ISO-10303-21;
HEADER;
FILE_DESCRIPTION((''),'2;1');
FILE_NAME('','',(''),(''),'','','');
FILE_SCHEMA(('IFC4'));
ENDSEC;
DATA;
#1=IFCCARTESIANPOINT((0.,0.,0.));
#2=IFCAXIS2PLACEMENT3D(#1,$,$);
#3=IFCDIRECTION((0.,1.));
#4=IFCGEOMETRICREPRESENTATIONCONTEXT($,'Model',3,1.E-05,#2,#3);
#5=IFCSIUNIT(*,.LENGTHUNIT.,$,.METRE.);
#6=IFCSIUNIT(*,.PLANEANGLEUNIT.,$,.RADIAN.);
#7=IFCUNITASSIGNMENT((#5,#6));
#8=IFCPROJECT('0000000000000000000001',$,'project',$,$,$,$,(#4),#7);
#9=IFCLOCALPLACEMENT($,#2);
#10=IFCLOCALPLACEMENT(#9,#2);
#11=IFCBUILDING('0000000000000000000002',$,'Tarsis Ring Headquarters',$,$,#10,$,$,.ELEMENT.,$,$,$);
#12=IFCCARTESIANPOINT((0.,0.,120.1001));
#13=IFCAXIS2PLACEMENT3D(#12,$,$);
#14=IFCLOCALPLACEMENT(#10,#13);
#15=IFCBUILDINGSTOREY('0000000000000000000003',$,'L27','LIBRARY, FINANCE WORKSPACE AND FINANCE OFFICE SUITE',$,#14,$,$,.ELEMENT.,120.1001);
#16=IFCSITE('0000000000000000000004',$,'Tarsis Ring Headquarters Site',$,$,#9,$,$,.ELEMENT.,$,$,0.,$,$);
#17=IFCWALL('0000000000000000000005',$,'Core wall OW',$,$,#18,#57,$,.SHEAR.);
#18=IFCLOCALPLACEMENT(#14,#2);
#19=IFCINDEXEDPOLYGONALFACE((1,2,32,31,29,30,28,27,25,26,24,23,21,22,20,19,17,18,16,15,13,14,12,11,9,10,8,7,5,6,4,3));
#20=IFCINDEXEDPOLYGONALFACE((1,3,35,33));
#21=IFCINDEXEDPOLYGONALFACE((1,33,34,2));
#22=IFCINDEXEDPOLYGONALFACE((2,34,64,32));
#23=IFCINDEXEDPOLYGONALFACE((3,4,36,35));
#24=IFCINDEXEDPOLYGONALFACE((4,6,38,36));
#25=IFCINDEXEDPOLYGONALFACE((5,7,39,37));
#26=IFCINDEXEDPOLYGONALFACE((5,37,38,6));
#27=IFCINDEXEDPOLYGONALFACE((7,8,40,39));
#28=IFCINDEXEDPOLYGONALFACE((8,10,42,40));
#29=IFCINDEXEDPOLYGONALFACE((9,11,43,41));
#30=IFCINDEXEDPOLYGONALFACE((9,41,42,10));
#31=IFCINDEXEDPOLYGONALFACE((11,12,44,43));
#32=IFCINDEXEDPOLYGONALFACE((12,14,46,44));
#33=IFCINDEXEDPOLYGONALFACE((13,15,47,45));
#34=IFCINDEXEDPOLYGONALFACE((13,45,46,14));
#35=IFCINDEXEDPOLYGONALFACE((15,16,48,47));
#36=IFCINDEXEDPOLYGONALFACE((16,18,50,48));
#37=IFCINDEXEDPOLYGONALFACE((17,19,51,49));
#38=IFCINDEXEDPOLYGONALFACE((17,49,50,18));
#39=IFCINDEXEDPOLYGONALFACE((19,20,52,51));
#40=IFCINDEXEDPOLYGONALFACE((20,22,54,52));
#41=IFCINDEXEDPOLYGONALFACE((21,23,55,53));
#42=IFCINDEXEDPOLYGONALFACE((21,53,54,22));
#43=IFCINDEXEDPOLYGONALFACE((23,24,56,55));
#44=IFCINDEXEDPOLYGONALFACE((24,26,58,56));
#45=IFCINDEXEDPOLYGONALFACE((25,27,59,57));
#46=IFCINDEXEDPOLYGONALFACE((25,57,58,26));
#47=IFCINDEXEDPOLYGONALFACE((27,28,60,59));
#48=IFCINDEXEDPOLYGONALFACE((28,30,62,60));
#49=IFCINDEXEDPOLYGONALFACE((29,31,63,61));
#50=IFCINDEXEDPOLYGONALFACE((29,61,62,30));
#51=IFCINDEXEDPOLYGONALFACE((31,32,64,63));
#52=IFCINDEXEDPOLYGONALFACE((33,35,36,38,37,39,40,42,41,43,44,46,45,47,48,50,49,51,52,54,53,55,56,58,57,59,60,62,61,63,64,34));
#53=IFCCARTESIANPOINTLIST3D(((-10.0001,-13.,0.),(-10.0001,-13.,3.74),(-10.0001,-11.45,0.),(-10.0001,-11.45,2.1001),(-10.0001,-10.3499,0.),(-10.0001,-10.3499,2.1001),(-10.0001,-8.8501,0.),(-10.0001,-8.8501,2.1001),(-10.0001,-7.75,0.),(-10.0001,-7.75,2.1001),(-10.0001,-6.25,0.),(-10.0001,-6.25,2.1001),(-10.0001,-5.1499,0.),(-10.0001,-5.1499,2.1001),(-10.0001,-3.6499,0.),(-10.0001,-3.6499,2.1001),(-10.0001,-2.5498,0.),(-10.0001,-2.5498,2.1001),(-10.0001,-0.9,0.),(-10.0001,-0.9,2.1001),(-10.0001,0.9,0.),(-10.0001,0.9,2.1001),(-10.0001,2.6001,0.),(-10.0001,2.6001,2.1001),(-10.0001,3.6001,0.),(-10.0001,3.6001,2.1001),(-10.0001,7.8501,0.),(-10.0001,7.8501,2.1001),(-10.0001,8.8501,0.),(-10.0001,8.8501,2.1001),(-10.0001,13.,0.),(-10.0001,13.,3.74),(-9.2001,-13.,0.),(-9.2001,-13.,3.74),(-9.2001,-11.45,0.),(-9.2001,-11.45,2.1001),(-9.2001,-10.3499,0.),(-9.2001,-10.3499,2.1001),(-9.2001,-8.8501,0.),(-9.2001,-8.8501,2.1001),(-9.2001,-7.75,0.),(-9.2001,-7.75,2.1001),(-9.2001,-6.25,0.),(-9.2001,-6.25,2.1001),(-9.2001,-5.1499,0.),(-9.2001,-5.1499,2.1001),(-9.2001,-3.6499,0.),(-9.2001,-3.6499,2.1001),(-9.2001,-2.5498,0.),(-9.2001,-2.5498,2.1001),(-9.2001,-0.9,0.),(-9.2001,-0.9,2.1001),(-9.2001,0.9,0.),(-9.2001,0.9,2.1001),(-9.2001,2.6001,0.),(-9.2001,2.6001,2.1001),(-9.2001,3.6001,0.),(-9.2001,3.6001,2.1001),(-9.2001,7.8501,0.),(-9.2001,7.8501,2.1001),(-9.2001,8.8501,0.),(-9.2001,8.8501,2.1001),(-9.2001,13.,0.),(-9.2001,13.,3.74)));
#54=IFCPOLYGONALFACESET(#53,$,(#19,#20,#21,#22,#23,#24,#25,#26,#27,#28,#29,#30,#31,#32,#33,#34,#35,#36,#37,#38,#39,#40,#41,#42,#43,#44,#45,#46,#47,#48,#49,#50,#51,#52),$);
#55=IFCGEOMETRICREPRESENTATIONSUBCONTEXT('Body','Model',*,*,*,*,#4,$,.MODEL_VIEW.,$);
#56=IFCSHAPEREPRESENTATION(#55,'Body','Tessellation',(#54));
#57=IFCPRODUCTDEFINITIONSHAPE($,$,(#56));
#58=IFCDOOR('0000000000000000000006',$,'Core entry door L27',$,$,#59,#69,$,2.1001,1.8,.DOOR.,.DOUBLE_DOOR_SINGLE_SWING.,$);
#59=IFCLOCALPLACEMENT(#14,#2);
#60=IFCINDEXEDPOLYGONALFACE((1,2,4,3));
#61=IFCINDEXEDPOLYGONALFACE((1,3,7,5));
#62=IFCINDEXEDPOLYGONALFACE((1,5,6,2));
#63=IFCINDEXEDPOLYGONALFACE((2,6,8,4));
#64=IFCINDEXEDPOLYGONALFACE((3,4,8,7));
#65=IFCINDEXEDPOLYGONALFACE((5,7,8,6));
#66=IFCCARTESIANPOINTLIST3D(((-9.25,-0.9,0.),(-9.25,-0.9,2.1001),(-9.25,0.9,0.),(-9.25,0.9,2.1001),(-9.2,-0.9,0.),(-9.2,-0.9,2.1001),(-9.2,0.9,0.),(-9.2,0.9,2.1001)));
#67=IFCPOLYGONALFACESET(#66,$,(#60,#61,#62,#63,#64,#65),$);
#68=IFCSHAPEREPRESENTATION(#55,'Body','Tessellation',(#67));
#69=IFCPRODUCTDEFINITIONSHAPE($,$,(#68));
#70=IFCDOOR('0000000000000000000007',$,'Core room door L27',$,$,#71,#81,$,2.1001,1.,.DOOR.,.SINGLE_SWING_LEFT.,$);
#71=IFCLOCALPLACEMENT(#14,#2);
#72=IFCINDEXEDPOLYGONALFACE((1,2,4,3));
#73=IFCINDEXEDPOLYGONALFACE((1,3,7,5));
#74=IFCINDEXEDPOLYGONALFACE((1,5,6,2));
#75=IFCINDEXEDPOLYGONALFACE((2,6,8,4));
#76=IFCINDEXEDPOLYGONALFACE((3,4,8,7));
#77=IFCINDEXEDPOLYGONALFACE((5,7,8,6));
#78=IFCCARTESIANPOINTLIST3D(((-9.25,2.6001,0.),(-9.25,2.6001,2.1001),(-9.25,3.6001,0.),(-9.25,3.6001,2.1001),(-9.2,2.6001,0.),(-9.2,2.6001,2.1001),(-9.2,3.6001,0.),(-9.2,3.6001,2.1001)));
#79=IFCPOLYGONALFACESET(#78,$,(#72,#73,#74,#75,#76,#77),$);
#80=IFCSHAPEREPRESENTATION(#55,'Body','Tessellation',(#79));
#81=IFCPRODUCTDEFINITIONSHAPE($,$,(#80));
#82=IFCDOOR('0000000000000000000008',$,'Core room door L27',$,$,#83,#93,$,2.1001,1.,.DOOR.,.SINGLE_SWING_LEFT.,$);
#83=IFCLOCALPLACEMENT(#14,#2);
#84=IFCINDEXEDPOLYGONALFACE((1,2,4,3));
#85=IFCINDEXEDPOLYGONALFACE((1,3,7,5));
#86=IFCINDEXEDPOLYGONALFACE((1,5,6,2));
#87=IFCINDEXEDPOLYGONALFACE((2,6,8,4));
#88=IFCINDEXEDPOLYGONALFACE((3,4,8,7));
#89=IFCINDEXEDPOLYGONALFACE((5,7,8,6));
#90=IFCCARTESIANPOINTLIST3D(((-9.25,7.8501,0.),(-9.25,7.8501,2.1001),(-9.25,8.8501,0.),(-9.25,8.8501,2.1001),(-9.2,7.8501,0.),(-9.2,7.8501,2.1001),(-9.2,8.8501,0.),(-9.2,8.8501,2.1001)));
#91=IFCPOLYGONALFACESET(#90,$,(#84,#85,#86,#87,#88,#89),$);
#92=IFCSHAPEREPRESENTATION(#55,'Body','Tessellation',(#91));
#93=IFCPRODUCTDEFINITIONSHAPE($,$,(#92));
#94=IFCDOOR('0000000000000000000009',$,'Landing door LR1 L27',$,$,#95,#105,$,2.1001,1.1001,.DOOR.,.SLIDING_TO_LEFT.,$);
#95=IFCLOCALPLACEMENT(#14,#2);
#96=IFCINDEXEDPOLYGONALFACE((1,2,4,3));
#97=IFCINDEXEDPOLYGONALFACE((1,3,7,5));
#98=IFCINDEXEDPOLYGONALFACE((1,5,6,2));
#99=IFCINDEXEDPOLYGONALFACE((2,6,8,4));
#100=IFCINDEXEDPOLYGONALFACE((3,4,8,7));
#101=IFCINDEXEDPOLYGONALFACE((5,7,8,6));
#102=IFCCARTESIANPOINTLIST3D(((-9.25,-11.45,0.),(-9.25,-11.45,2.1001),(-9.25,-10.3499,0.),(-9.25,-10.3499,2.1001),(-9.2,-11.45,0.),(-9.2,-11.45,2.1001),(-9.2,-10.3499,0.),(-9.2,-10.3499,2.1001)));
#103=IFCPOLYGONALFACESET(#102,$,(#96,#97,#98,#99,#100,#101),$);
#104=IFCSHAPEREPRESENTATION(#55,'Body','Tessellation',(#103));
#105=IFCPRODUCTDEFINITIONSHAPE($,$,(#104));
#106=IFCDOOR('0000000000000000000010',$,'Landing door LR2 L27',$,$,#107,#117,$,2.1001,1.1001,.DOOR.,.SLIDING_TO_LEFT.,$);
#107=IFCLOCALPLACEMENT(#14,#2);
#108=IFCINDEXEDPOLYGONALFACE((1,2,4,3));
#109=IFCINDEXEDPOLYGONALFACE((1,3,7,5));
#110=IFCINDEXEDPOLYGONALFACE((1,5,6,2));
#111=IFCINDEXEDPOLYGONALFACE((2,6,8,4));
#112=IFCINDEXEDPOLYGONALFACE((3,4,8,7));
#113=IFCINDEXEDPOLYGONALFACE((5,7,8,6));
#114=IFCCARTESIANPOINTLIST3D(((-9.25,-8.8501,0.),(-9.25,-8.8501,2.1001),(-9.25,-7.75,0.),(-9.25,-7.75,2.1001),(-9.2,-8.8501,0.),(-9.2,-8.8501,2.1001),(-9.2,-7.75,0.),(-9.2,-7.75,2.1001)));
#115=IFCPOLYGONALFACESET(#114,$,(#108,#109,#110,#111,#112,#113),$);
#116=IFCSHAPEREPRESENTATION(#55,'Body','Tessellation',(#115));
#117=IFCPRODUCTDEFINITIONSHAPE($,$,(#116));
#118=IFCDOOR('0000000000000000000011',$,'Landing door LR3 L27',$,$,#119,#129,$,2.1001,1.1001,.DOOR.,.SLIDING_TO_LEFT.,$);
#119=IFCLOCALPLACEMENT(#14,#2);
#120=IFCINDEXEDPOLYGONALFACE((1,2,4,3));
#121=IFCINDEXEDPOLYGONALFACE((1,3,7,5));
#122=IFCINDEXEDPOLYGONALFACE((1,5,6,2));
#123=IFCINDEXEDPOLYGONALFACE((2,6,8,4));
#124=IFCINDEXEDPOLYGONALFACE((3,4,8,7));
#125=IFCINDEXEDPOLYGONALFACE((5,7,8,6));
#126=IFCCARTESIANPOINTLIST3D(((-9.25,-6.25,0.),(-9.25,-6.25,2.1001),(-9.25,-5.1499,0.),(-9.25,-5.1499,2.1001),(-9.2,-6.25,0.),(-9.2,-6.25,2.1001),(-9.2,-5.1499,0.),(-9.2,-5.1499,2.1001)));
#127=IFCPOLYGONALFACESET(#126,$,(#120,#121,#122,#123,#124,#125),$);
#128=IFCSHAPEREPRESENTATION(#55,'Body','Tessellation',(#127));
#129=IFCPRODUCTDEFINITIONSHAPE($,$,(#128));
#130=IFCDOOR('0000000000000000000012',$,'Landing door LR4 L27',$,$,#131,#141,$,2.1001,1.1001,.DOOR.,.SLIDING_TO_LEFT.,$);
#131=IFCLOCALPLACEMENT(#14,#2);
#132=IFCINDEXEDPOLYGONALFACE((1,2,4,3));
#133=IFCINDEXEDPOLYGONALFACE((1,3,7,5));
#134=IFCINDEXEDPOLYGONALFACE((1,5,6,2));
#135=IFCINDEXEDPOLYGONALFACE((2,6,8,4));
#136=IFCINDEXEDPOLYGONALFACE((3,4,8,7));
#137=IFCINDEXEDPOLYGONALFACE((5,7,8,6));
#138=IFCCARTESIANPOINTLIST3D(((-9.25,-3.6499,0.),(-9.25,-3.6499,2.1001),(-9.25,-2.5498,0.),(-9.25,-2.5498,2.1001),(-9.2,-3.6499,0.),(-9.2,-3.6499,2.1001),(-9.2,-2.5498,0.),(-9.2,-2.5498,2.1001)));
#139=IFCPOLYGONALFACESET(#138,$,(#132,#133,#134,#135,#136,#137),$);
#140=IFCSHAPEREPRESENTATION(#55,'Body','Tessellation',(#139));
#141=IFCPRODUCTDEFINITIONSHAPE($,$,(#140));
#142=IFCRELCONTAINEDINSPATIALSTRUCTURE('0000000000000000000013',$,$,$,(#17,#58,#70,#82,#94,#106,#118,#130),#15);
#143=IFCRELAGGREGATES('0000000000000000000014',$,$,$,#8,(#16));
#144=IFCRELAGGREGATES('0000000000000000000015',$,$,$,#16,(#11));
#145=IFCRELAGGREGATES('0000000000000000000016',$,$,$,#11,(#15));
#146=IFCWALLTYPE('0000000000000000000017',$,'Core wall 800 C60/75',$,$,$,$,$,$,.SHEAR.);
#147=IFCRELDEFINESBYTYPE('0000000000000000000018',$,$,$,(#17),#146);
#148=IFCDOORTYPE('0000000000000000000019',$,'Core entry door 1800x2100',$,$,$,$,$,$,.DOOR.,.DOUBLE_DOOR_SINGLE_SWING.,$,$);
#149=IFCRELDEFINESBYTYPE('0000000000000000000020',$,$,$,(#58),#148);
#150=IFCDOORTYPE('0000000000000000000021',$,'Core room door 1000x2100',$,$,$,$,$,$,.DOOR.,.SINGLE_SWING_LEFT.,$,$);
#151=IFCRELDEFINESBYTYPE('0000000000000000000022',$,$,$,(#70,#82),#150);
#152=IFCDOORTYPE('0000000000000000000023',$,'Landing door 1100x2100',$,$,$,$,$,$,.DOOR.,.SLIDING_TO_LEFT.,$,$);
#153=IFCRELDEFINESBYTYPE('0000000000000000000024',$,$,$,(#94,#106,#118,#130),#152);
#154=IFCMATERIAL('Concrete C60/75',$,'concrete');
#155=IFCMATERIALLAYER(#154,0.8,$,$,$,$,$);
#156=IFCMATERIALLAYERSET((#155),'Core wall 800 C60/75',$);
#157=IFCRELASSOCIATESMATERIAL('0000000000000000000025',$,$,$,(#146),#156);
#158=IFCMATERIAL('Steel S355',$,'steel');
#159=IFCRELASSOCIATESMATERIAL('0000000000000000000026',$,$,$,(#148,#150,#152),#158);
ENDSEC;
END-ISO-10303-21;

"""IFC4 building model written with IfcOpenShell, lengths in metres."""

from ifc_helpers import new_model, si_unit, direction, frame, frame_2d, origin, place, context, subcontext, project, spatial, rectangle, extrude, material, layer, layer_set, type_object, element, fill, save


model = new_model("IFC4")

# Units and contexts
model_context = context("Model", 3, precision=1e-05, world=origin(), true_north=direction((0.0, 1.0)))
body_context = subcontext(model_context, "Body", "Model", "MODEL_VIEW")
ifc_project = project(units=[si_unit("LENGTHUNIT", "METRE"), si_unit("PLANEANGLEUNIT", "RADIAN")], contexts=[model_context])

# Site, building, storey
site_placement = place(None, origin())
site = spatial("IfcSite", under=ifc_project, at=site_placement, Name="Tarsis Ring Headquarters Site", CompositionType="ELEMENT", RefElevation=0.0)
building_placement = place(site_placement, origin())
building = spatial("IfcBuilding", under=site, at=building_placement, Name="Tarsis Ring Headquarters", CompositionType="ELEMENT")
storey_placement = place(building_placement, frame((0.0, 0.0, 120.1001)))
storey = spatial("IfcBuildingStorey", under=building, at=storey_placement, Name="L27", Description="LIBRARY, FINANCE WORKSPACE AND FINANCE OFFICE SUITE", CompositionType="ELEMENT", Elevation=120.1001)

# Wall, openings, doors
ifc_material_1 = material(Name="Concrete C60/75", Category="concrete")
ifc_layer_1 = layer(ifc_material_1, 0.8)
ifc_layer_set_1 = layer_set([ifc_layer_1], Name="Core wall 800 C60/75")
wall_type_1 = type_object("IfcWallType", Name="Core wall 800 C60/75", PredefinedType="SHEAR", material=ifc_layer_set_1)
wall_1_placement = place(storey_placement, frame((-9.6001, -13.0, 0.0), z_axis=(0.0, 0.0, 1.0), x_axis=(0.0, 1.0, 0.0)))
wall_1 = element("IfcWall", 1, at=wall_1_placement, inside=storey, type_object=wall_type_1, Name="Core wall OW", PredefinedType="SHEAR", context=body_context, shape_type="SweptSolid", body=[
    extrude(rectangle(XDim=26.0, YDim=0.8, at=frame_2d((13.0, 0.0))), origin(), (0.0, 0.0, 1.0), 3.74),
])
opening_1_placement = place(wall_1_placement, frame((1.55, 0.0, 0.0)))
opening_1 = element("IfcOpeningElement", 2, at=opening_1_placement, cuts=wall_1, PredefinedType="OPENING", context=body_context, shape_type="SweptSolid", body=[
    extrude(rectangle(XDim=1.1001, YDim=2.1001, at=frame_2d((0.55, 1.05))), frame((0.0, 0.4099, 0.0), z_axis=(0.0, -1.0, 0.0), x_axis=(1.0, 0.0, 0.0)), (0.0, 0.0, 1.0), 0.8201),
])
opening_2_placement = place(wall_1_placement, frame((4.1499, 0.0, 0.0)))
opening_2 = element("IfcOpeningElement", 3, at=opening_2_placement, cuts=wall_1, PredefinedType="OPENING", context=body_context, shape_type="SweptSolid", body=[
    extrude(rectangle(XDim=1.1001, YDim=2.1001, at=frame_2d((0.55, 1.05))), frame((0.0, 0.4099, 0.0), z_axis=(0.0, -1.0, 0.0), x_axis=(1.0, 0.0, 0.0)), (0.0, 0.0, 1.0), 0.8201),
])
opening_3_placement = place(wall_1_placement, frame((6.75, 0.0, 0.0)))
opening_3 = element("IfcOpeningElement", 4, at=opening_3_placement, cuts=wall_1, PredefinedType="OPENING", context=body_context, shape_type="SweptSolid", body=[
    extrude(rectangle(XDim=1.1001, YDim=2.1001, at=frame_2d((0.55, 1.05))), frame((0.0, 0.4099, 0.0), z_axis=(0.0, -1.0, 0.0), x_axis=(1.0, 0.0, 0.0)), (0.0, 0.0, 1.0), 0.8201),
])
opening_4_placement = place(wall_1_placement, frame((9.3501, 0.0, 0.0)))
opening_4 = element("IfcOpeningElement", 5, at=opening_4_placement, cuts=wall_1, PredefinedType="OPENING", context=body_context, shape_type="SweptSolid", body=[
    extrude(rectangle(XDim=1.1001, YDim=2.1001, at=frame_2d((0.55, 1.05))), frame((0.0, 0.4099, 0.0), z_axis=(0.0, -1.0, 0.0), x_axis=(1.0, 0.0, 0.0)), (0.0, 0.0, 1.0), 0.8201),
])
opening_5_placement = place(wall_1_placement, frame((12.1001, 0.0, 0.0)))
opening_5 = element("IfcOpeningElement", 6, at=opening_5_placement, cuts=wall_1, PredefinedType="OPENING", context=body_context, shape_type="SweptSolid", body=[
    extrude(rectangle(XDim=1.8, YDim=2.1001, at=frame_2d((0.8999, 1.05))), frame((0.0, 0.4099, 0.0), z_axis=(0.0, -1.0, 0.0), x_axis=(1.0, 0.0, 0.0)), (0.0, 0.0, 1.0), 0.8201),
])
opening_6_placement = place(wall_1_placement, frame((15.6001, 0.0, 0.0)))
opening_6 = element("IfcOpeningElement", 7, at=opening_6_placement, cuts=wall_1, PredefinedType="OPENING", context=body_context, shape_type="SweptSolid", body=[
    extrude(rectangle(XDim=1.0, YDim=2.1001, at=frame_2d((0.5, 1.05))), frame((0.0, 0.4099, 0.0), z_axis=(0.0, -1.0, 0.0), x_axis=(1.0, 0.0, 0.0)), (0.0, 0.0, 1.0), 0.8201),
])
opening_7_placement = place(wall_1_placement, frame((20.8501, 0.0, 0.0)))
opening_7 = element("IfcOpeningElement", 8, at=opening_7_placement, cuts=wall_1, PredefinedType="OPENING", context=body_context, shape_type="SweptSolid", body=[
    extrude(rectangle(XDim=1.0, YDim=2.1001, at=frame_2d((0.5, 1.05))), frame((0.0, 0.4099, 0.0), z_axis=(0.0, -1.0, 0.0), x_axis=(1.0, 0.0, 0.0)), (0.0, 0.0, 1.0), 0.8201),
])
ifc_material_2 = material(Name="Steel S355", Category="steel")
door_type_1 = type_object("IfcDoorType", Name="Core entry door 1800x2100", OperationType="DOUBLE_DOOR_SINGLE_SWING", PredefinedType="DOOR", material=ifc_material_2)
door_1_placement = place(opening_5_placement, origin())
door_1 = element("IfcDoor", 9, at=door_1_placement, inside=storey, type_object=door_type_1, Name="Core entry door L27", OperationType="DOUBLE_DOOR_SINGLE_SWING", OverallHeight=2.1001, OverallWidth=1.8, PredefinedType="DOOR", context=body_context, shape_type="SweptSolid", body=[
    extrude(rectangle(XDim=1.8, YDim=2.1001, at=frame_2d((0.8999, 1.05))), frame((0.0, -0.3501, 0.0), z_axis=(0.0, -1.0, 0.0), x_axis=(1.0, 0.0, 0.0)), (0.0, 0.0, 1.0), 0.05),
])
fill(opening_5, door_1)
door_type_2 = type_object("IfcDoorType", Name="Core room door 1000x2100", OperationType="SINGLE_SWING_LEFT", PredefinedType="DOOR", material=ifc_material_2)
door_2_placement = place(opening_6_placement, origin())
door_2 = element("IfcDoor", 10, at=door_2_placement, inside=storey, type_object=door_type_2, Name="Core room door L27", OperationType="SINGLE_SWING_LEFT", OverallHeight=2.1001, OverallWidth=1.0, PredefinedType="DOOR", context=body_context, shape_type="SweptSolid", body=[
    extrude(rectangle(XDim=1.0, YDim=2.1001, at=frame_2d((0.5, 1.05))), frame((0.0, -0.3501, 0.0), z_axis=(0.0, -1.0, 0.0), x_axis=(1.0, 0.0, 0.0)), (0.0, 0.0, 1.0), 0.05),
])
fill(opening_6, door_2)
door_3_placement = place(opening_7_placement, origin())
door_3 = element("IfcDoor", 11, at=door_3_placement, inside=storey, type_object=door_type_2, Name="Core room door L27", OperationType="SINGLE_SWING_LEFT", OverallHeight=2.1001, OverallWidth=1.0, PredefinedType="DOOR", context=body_context, shape_type="SweptSolid", body=[
    extrude(rectangle(XDim=1.0, YDim=2.1001, at=frame_2d((0.5, 1.05))), frame((0.0, -0.3501, 0.0), z_axis=(0.0, -1.0, 0.0), x_axis=(1.0, 0.0, 0.0)), (0.0, 0.0, 1.0), 0.05),
])
fill(opening_7, door_3)
door_type_3 = type_object("IfcDoorType", Name="Landing door 1100x2100", OperationType="SLIDING_TO_LEFT", PredefinedType="DOOR", material=ifc_material_2)
door_4_placement = place(opening_1_placement, origin())
door_4 = element("IfcDoor", 12, at=door_4_placement, inside=storey, type_object=door_type_3, Name="Landing door LR1 L27", OperationType="SLIDING_TO_LEFT", OverallHeight=2.1001, OverallWidth=1.1001, PredefinedType="DOOR", context=body_context, shape_type="SweptSolid", body=[
    extrude(rectangle(XDim=1.1001, YDim=2.1001, at=frame_2d((0.55, 1.05))), frame((0.0, -0.3501, 0.0), z_axis=(0.0, -1.0, 0.0), x_axis=(1.0, 0.0, 0.0)), (0.0, 0.0, 1.0), 0.05),
])
fill(opening_1, door_4)
door_5_placement = place(opening_2_placement, origin())
door_5 = element("IfcDoor", 13, at=door_5_placement, inside=storey, type_object=door_type_3, Name="Landing door LR2 L27", OperationType="SLIDING_TO_LEFT", OverallHeight=2.1001, OverallWidth=1.1001, PredefinedType="DOOR", context=body_context, shape_type="SweptSolid", body=[
    extrude(rectangle(XDim=1.1001, YDim=2.1001, at=frame_2d((0.55, 1.05))), frame((0.0, -0.3501, 0.0), z_axis=(0.0, -1.0, 0.0), x_axis=(1.0, 0.0, 0.0)), (0.0, 0.0, 1.0), 0.05),
])
fill(opening_2, door_5)
door_6_placement = place(opening_3_placement, origin())
door_6 = element("IfcDoor", 14, at=door_6_placement, inside=storey, type_object=door_type_3, Name="Landing door LR3 L27", OperationType="SLIDING_TO_LEFT", OverallHeight=2.1001, OverallWidth=1.1001, PredefinedType="DOOR", context=body_context, shape_type="SweptSolid", body=[
    extrude(rectangle(XDim=1.1001, YDim=2.1001, at=frame_2d((0.55, 1.05))), frame((0.0, -0.3501, 0.0), z_axis=(0.0, -1.0, 0.0), x_axis=(1.0, 0.0, 0.0)), (0.0, 0.0, 1.0), 0.05),
])
fill(opening_3, door_6)
door_7_placement = place(opening_4_placement, origin())
door_7 = element("IfcDoor", 15, at=door_7_placement, inside=storey, type_object=door_type_3, Name="Landing door LR4 L27", OperationType="SLIDING_TO_LEFT", OverallHeight=2.1001, OverallWidth=1.1001, PredefinedType="DOOR", context=body_context, shape_type="SweptSolid", body=[
    extrude(rectangle(XDim=1.1001, YDim=2.1001, at=frame_2d((0.55, 1.05))), frame((0.0, -0.3501, 0.0), z_axis=(0.0, -1.0, 0.0), x_axis=(1.0, 0.0, 0.0)), (0.0, 0.0, 1.0), 0.05),
])
fill(opening_4, door_7)

save(model, "model.ifc")
